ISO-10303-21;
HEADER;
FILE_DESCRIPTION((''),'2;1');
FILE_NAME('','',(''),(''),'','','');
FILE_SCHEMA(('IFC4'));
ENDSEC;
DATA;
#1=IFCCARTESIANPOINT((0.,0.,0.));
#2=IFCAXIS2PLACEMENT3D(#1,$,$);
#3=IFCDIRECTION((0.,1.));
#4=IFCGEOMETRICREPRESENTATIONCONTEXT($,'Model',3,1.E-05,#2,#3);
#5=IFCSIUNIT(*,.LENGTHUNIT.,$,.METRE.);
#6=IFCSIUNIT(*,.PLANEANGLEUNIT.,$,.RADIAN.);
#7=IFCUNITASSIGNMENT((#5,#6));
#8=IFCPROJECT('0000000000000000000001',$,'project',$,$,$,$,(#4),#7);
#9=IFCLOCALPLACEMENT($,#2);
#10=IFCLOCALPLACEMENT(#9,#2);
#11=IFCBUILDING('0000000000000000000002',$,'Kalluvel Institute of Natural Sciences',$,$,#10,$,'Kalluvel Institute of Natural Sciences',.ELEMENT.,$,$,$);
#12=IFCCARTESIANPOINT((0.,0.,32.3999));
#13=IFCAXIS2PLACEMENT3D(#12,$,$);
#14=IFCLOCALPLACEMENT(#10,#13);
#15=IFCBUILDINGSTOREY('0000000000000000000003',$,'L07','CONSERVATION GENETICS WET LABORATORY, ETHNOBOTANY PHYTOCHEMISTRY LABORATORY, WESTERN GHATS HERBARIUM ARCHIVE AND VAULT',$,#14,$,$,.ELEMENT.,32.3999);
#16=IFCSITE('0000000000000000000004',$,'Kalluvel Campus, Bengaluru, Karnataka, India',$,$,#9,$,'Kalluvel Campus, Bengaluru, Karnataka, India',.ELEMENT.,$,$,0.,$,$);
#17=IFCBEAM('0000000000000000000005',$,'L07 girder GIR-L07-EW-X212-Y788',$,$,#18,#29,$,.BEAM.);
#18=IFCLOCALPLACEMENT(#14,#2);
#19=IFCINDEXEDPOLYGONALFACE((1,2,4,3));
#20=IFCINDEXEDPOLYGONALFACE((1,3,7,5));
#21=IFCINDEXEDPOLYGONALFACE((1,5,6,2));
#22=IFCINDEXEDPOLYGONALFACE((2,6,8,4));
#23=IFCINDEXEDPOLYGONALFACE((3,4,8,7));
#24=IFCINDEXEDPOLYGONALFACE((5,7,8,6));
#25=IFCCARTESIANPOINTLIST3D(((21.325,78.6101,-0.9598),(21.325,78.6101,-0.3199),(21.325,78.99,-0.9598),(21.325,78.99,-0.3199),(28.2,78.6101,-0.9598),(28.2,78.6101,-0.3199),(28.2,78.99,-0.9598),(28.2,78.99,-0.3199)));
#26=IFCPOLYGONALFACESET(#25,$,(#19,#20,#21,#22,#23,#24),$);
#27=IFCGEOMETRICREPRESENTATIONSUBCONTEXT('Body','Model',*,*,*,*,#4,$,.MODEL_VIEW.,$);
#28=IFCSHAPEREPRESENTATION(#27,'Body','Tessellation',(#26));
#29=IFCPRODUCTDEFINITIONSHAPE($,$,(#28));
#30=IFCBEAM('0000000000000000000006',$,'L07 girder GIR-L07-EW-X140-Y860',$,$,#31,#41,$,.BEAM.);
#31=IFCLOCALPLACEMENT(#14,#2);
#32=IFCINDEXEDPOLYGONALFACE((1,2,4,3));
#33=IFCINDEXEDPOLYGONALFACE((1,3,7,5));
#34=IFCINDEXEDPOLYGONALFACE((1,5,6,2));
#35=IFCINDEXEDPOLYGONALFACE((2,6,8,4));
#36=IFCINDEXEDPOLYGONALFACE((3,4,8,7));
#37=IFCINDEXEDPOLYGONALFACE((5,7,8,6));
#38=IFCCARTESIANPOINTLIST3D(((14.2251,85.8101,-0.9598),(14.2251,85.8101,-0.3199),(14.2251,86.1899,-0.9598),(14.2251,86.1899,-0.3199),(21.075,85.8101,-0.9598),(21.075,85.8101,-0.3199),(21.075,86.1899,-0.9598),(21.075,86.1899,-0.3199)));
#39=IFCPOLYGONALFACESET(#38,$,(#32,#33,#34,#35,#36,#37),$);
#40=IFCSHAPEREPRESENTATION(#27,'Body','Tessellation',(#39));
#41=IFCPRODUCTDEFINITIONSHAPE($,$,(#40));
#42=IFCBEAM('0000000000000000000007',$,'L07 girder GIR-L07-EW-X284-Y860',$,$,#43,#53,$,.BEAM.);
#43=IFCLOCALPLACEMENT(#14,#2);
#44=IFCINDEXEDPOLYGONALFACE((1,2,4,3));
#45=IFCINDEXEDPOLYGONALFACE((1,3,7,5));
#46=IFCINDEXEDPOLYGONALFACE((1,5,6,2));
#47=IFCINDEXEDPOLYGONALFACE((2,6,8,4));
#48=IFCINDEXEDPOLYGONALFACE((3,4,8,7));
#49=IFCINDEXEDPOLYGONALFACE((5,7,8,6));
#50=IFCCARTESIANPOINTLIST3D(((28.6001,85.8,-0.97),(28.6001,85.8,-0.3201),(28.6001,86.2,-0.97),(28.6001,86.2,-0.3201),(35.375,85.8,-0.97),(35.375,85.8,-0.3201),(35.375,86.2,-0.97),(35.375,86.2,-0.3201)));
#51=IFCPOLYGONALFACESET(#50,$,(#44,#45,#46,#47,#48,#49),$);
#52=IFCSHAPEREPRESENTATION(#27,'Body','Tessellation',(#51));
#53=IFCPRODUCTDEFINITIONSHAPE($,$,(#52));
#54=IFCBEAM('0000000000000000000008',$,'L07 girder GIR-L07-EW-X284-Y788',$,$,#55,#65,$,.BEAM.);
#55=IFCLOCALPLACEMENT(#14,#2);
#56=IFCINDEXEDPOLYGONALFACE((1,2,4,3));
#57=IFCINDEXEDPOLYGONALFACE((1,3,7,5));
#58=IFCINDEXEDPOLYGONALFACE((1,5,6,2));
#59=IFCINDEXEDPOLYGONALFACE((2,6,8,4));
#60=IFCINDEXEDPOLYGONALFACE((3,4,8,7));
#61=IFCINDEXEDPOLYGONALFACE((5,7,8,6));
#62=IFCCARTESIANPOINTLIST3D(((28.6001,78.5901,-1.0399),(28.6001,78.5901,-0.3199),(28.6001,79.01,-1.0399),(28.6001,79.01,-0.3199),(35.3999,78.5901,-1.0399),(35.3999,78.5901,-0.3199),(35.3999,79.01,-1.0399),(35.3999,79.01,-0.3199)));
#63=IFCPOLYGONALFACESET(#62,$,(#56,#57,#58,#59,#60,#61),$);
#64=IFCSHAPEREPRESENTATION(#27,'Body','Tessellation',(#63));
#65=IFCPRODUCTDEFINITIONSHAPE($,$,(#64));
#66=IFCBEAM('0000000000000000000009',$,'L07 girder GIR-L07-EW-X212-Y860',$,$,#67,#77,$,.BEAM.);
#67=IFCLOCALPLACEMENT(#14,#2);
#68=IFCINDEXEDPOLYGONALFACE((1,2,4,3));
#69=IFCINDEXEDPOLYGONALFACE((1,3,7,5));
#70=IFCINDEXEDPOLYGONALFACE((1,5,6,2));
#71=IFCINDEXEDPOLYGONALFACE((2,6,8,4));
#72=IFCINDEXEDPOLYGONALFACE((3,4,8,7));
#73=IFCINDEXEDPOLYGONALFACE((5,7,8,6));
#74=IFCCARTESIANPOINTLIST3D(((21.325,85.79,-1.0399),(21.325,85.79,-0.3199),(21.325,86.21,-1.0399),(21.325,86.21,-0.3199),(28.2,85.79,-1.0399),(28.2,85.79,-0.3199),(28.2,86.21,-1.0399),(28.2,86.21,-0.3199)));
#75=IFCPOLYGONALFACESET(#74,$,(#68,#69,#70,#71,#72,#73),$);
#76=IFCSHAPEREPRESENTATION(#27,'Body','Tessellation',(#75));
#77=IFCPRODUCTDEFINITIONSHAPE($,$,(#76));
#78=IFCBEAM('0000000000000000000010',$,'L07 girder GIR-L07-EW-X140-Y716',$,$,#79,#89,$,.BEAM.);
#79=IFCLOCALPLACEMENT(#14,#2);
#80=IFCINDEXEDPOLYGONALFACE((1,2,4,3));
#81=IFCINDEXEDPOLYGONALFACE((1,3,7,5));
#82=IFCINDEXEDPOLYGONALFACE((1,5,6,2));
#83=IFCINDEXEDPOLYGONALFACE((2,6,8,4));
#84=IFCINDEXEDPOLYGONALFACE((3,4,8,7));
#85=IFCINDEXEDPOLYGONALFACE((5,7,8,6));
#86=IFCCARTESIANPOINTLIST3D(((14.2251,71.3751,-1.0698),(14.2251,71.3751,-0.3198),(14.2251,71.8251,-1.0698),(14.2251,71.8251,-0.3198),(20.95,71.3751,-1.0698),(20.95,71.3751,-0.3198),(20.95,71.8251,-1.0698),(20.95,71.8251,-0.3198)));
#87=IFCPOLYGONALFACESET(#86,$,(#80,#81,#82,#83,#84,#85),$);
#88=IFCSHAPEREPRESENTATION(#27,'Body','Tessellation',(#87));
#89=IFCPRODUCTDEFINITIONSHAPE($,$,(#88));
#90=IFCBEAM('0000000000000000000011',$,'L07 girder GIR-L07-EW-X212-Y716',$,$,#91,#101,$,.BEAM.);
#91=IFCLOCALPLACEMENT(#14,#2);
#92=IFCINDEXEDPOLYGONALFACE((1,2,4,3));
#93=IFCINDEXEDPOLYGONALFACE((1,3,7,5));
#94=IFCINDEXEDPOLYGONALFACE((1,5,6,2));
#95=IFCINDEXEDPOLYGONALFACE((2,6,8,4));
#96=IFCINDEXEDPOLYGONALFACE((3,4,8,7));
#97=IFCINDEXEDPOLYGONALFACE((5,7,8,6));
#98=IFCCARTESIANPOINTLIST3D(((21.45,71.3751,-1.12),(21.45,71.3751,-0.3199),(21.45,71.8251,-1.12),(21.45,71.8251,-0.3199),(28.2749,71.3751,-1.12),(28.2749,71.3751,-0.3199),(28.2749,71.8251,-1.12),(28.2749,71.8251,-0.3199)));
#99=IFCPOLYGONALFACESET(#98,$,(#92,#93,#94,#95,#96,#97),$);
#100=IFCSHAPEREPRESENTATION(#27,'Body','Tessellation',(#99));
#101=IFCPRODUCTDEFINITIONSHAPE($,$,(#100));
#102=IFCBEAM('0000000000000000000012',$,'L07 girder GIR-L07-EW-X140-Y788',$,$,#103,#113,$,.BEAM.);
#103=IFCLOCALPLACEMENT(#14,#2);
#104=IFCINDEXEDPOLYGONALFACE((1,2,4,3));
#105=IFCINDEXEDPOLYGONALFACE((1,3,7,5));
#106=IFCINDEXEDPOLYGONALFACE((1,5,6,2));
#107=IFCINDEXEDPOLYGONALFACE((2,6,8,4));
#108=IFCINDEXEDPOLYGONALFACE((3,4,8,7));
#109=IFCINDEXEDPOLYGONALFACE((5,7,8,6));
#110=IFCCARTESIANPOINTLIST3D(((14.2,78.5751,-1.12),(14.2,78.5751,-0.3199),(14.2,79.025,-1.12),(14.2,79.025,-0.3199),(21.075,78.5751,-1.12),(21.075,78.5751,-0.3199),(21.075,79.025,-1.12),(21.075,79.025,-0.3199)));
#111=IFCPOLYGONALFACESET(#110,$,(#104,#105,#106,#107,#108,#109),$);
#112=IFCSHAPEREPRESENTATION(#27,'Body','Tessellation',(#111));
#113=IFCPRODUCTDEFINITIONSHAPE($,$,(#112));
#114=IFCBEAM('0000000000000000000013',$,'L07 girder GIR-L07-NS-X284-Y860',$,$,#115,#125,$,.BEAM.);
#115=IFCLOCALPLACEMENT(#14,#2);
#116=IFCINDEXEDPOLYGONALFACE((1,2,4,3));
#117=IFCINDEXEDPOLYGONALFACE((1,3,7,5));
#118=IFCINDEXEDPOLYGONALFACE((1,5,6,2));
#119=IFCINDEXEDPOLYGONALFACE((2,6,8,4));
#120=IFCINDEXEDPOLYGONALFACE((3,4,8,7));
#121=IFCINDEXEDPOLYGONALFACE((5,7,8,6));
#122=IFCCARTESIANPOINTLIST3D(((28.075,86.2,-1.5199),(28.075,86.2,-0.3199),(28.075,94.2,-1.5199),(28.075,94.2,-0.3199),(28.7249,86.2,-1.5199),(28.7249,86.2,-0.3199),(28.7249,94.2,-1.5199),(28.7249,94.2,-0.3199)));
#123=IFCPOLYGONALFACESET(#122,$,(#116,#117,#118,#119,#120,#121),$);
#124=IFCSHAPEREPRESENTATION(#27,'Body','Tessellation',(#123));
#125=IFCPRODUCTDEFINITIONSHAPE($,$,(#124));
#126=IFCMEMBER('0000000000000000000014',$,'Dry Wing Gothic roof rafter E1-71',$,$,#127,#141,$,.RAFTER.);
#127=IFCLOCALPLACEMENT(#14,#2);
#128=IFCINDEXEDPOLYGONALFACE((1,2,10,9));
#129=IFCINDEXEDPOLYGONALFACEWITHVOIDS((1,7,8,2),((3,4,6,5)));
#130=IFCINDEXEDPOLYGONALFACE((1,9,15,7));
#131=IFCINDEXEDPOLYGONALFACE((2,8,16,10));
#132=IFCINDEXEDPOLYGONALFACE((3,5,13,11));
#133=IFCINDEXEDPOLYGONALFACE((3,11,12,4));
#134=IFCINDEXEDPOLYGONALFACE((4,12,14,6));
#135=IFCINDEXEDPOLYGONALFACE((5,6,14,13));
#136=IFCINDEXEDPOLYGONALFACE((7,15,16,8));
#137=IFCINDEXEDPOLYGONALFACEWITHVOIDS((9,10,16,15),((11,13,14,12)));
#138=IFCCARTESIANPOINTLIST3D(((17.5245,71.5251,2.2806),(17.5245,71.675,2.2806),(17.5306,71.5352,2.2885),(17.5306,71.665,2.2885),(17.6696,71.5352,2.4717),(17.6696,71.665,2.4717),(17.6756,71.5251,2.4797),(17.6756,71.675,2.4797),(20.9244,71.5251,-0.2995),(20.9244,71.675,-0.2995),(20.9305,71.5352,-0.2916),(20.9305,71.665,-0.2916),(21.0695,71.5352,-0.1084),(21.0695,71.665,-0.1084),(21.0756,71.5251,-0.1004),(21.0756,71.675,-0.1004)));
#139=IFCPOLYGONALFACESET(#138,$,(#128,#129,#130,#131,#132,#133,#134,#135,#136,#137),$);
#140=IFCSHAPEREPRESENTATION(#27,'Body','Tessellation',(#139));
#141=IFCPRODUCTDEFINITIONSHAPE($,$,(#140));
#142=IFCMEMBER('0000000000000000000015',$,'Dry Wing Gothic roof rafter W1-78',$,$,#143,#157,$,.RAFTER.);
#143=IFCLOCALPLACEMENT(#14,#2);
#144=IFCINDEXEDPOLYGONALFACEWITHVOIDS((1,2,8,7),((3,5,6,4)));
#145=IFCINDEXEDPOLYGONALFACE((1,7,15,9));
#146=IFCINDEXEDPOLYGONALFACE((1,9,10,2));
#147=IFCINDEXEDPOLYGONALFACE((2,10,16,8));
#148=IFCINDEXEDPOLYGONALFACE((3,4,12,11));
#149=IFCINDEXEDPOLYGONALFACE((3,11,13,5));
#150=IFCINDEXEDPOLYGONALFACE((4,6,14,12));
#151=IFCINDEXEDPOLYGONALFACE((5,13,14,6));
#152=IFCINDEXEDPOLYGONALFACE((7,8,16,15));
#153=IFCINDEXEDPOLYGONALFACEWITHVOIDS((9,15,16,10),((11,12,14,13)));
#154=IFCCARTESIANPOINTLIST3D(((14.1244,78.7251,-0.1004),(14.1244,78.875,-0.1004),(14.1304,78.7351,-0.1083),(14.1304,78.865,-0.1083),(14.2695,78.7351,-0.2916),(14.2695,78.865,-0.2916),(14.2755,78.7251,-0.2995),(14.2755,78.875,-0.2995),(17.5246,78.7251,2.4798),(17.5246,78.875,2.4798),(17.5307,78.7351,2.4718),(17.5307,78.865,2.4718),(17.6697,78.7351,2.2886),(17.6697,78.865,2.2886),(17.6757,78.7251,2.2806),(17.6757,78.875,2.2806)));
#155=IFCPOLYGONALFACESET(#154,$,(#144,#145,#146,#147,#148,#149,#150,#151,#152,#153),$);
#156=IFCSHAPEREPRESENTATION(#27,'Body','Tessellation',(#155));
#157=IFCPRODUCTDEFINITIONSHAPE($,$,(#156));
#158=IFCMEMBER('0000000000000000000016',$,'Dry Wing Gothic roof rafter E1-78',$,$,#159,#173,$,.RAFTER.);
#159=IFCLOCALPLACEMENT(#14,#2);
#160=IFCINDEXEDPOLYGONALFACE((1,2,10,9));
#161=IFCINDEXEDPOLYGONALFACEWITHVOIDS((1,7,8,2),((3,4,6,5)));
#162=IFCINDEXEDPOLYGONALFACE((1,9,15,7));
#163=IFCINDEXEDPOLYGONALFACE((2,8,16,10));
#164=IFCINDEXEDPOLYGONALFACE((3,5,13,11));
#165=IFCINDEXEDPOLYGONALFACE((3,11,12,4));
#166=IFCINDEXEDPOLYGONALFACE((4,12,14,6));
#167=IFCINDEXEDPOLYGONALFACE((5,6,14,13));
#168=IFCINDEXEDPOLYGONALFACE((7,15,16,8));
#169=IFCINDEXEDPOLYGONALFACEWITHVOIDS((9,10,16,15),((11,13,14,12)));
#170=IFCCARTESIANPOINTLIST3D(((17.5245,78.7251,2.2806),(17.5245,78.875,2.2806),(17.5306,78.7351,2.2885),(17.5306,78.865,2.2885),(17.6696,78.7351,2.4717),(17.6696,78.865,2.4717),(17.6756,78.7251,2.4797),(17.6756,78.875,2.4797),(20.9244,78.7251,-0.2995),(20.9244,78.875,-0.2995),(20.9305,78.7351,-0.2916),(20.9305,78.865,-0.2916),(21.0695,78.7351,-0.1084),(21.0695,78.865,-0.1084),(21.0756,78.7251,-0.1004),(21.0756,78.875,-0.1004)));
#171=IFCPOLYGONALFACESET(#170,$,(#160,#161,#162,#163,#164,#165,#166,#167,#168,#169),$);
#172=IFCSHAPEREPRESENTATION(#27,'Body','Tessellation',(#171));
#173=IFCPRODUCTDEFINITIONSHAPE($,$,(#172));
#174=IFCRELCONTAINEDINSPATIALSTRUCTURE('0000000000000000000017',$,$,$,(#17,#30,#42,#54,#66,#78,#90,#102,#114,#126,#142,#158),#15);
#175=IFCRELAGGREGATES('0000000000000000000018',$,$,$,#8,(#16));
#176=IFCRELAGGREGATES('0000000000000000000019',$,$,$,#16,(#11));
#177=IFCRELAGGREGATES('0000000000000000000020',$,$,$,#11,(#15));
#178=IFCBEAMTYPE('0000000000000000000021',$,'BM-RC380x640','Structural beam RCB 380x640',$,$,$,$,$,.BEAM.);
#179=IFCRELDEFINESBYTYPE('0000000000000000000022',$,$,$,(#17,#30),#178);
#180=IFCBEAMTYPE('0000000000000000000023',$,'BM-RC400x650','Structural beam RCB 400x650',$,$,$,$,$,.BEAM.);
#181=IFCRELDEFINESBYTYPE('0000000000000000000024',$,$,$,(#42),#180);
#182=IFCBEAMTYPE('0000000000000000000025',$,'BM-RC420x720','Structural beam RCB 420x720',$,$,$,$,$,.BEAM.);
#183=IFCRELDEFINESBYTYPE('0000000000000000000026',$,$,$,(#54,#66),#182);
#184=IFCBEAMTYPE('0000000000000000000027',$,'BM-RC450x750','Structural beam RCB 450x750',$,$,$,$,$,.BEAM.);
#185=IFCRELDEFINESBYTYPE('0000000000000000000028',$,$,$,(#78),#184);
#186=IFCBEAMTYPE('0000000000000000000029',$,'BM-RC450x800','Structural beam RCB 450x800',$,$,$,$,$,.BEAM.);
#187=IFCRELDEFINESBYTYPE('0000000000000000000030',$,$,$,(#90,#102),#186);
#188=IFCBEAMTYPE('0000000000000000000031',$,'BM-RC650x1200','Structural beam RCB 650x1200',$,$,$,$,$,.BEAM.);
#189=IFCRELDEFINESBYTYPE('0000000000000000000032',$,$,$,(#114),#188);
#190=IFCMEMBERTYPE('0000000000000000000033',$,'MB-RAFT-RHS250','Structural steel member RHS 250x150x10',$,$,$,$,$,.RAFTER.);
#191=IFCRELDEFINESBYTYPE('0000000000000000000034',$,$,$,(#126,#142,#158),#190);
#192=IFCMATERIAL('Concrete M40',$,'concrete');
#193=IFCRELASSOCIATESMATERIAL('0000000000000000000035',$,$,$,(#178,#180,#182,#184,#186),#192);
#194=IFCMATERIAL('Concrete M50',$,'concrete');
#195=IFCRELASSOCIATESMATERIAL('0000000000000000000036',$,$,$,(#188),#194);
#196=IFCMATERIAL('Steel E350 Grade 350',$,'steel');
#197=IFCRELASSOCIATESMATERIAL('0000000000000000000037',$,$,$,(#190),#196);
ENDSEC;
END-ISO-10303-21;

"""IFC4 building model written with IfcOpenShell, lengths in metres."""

from ifc_helpers import new_model, si_unit, direction, frame, origin, origin_2d, place, context, subcontext, project, spatial, rectangle, hollow_rectangle, extrude, material, material_profile, profile_set, type_object, element, save


model = new_model("IFC4")

# Units and contexts
model_context = context("Model", 3, precision=1e-05, world=origin(), true_north=direction((0.0, 1.0)))
body_context = subcontext(model_context, "Body", "Model", "MODEL_VIEW")
ifc_project = project(units=[si_unit("LENGTHUNIT", "METRE"), si_unit("PLANEANGLEUNIT", "RADIAN")], contexts=[model_context])

# Site, building, storey
site_placement = place(None, origin())
site = spatial("IfcSite", under=ifc_project, at=site_placement, Name="Kalluvel Campus, Bengaluru, Karnataka, India", LongName="Kalluvel Campus, Bengaluru, Karnataka, India", CompositionType="ELEMENT", RefElevation=0.0)
building_placement = place(site_placement, origin())
building = spatial("IfcBuilding", under=site, at=building_placement, Name="Kalluvel Institute of Natural Sciences", LongName="Kalluvel Institute of Natural Sciences", CompositionType="ELEMENT")
storey_placement = place(building_placement, frame((0.0, 0.0, 32.3999)))
storey = spatial("IfcBuildingStorey", under=building, at=storey_placement, Name="L07", Description="CONSERVATION GENETICS WET LABORATORY, ETHNOBOTANY PHYTOCHEMISTRY LABORATORY, WESTERN GHATS HERBARIUM ARCHIVE AND VAULT", CompositionType="ELEMENT", Elevation=32.3999)

# Beams
ifc_material_1 = material(Name="Steel E350 Grade 350", Category="steel")
ifc_material_2 = material(Name="Concrete M40", Category="concrete")
ifc_material_profile_1 = material_profile(ifc_material_2, rectangle(XDim=0.3799, YDim=0.6399, at=origin_2d()), Name="RCB 380x640")
ifc_profile_set_1 = profile_set([ifc_material_profile_1], Name="Concrete M40")
beam_type_1 = type_object("IfcBeamType", Name="BM-RC380x640", Description="Structural beam RCB 380x640", PredefinedType="BEAM", material=ifc_profile_set_1)
beam_1_placement = place(storey_placement, frame((21.325, 78.8, -0.6399), z_axis=(1.0, 0.0, 0.0), x_axis=(0.0, 1.0, 0.0)))
element("IfcBeam", 1, at=beam_1_placement, inside=storey, type_object=beam_type_1, Name="L07 girder GIR-L07-EW-X212-Y788", PredefinedType="BEAM", context=body_context, shape_type="SweptSolid", body=[
    extrude(rectangle(XDim=0.3799, YDim=0.6399, at=origin_2d()), origin(), (0.0, 0.0, 1.0), 6.875),
])
beam_2_placement = place(storey_placement, frame((14.2251, 86.0, -0.6399), z_axis=(1.0, 0.0, 0.0), x_axis=(0.0, 1.0, 0.0)))
element("IfcBeam", 2, at=beam_2_placement, inside=storey, type_object=beam_type_1, Name="L07 girder GIR-L07-EW-X140-Y860", PredefinedType="BEAM", context=body_context, shape_type="SweptSolid", body=[
    extrude(rectangle(XDim=0.3799, YDim=0.6399, at=origin_2d()), origin(), (0.0, 0.0, 1.0), 6.8499),
])
ifc_material_profile_2 = material_profile(ifc_material_2, rectangle(XDim=0.3999, YDim=0.6499, at=origin_2d()), Name="RCB 400x650")
ifc_profile_set_2 = profile_set([ifc_material_profile_2], Name="Concrete M40")
beam_type_2 = type_object("IfcBeamType", Name="BM-RC400x650", Description="Structural beam RCB 400x650", PredefinedType="BEAM", material=ifc_profile_set_2)
beam_3_placement = place(storey_placement, frame((28.6001, 86.0, -0.645), z_axis=(1.0, 0.0, 0.0), x_axis=(0.0, 1.0, 0.0)))
element("IfcBeam", 3, at=beam_3_placement, inside=storey, type_object=beam_type_2, Name="L07 girder GIR-L07-EW-X284-Y860", PredefinedType="BEAM", context=body_context, shape_type="SweptSolid", body=[
    extrude(rectangle(XDim=0.3999, YDim=0.6499, at=origin_2d()), origin(), (0.0, 0.0, 1.0), 6.7749),
])
ifc_material_profile_3 = material_profile(ifc_material_2, rectangle(XDim=0.4199, YDim=0.72, at=origin_2d()), Name="RCB 420x720")
ifc_profile_set_3 = profile_set([ifc_material_profile_3], Name="Concrete M40")
beam_type_3 = type_object("IfcBeamType", Name="BM-RC420x720", Description="Structural beam RCB 420x720", PredefinedType="BEAM", material=ifc_profile_set_3)
beam_4_placement = place(storey_placement, frame((28.6001, 78.8, -0.6799), z_axis=(1.0, 0.0, 0.0), x_axis=(0.0, 1.0, 0.0)))
element("IfcBeam", 4, at=beam_4_placement, inside=storey, type_object=beam_type_3, Name="L07 girder GIR-L07-EW-X284-Y788", PredefinedType="BEAM", context=body_context, shape_type="SweptSolid", body=[
    extrude(rectangle(XDim=0.4199, YDim=0.72, at=origin_2d()), origin(), (0.0, 0.0, 1.0), 6.7998),
])
beam_5_placement = place(storey_placement, frame((21.325, 86.0, -0.6799), z_axis=(1.0, 0.0, 0.0), x_axis=(0.0, 1.0, 0.0)))
element("IfcBeam", 5, at=beam_5_placement, inside=storey, type_object=beam_type_3, Name="L07 girder GIR-L07-EW-X212-Y860", PredefinedType="BEAM", context=body_context, shape_type="SweptSolid", body=[
    extrude(rectangle(XDim=0.4199, YDim=0.72, at=origin_2d()), origin(), (0.0, 0.0, 1.0), 6.875),
])
ifc_material_profile_4 = material_profile(ifc_material_2, rectangle(XDim=0.45, YDim=0.75, at=origin_2d()), Name="RCB 450x750")
ifc_profile_set_4 = profile_set([ifc_material_profile_4], Name="Concrete M40")
beam_type_4 = type_object("IfcBeamType", Name="BM-RC450x750", Description="Structural beam RCB 450x750", PredefinedType="BEAM", material=ifc_profile_set_4)
beam_6_placement = place(storey_placement, frame((14.2251, 71.6001, -0.6948), z_axis=(1.0, 0.0, 0.0), x_axis=(0.0, 1.0, 0.0)))
element("IfcBeam", 6, at=beam_6_placement, inside=storey, type_object=beam_type_4, Name="L07 girder GIR-L07-EW-X140-Y716", PredefinedType="BEAM", context=body_context, shape_type="SweptSolid", body=[
    extrude(rectangle(XDim=0.45, YDim=0.75, at=origin_2d()), origin(), (0.0, 0.0, 1.0), 6.7249),
])
ifc_material_profile_5 = material_profile(ifc_material_2, rectangle(XDim=0.45, YDim=0.8, at=origin_2d()), Name="RCB 450x800")
ifc_profile_set_5 = profile_set([ifc_material_profile_5], Name="Concrete M40")
beam_type_5 = type_object("IfcBeamType", Name="BM-RC450x800", Description="Structural beam RCB 450x800", PredefinedType="BEAM", material=ifc_profile_set_5)
beam_7_placement = place(storey_placement, frame((21.45, 71.6001, -0.72), z_axis=(1.0, 0.0, 0.0), x_axis=(0.0, 1.0, 0.0)))
element("IfcBeam", 7, at=beam_7_placement, inside=storey, type_object=beam_type_5, Name="L07 girder GIR-L07-EW-X212-Y716", PredefinedType="BEAM", context=body_context, shape_type="SweptSolid", body=[
    extrude(rectangle(XDim=0.45, YDim=0.8, at=origin_2d()), origin(), (0.0, 0.0, 1.0), 6.825),
])
beam_8_placement = place(storey_placement, frame((14.2, 78.8, -0.72), z_axis=(1.0, 0.0, 0.0), x_axis=(0.0, 1.0, 0.0)))
element("IfcBeam", 8, at=beam_8_placement, inside=storey, type_object=beam_type_5, Name="L07 girder GIR-L07-EW-X140-Y788", PredefinedType="BEAM", context=body_context, shape_type="SweptSolid", body=[
    extrude(rectangle(XDim=0.45, YDim=0.8, at=origin_2d()), origin(), (0.0, 0.0, 1.0), 6.875),
])
ifc_material_3 = material(Name="Concrete M50", Category="concrete")
ifc_material_profile_6 = material_profile(ifc_material_3, rectangle(XDim=0.6499, YDim=1.2, at=origin_2d()), Name="RCB 650x1200")
ifc_profile_set_6 = profile_set([ifc_material_profile_6], Name="Concrete M50")
beam_type_6 = type_object("IfcBeamType", Name="BM-RC650x1200", Description="Structural beam RCB 650x1200", PredefinedType="BEAM", material=ifc_profile_set_6)
beam_9_placement = place(storey_placement, frame((28.3999, 86.2, -0.9199), z_axis=(0.0, 1.0, 0.0), x_axis=(-1.0, 0.0, 0.0)))
element("IfcBeam", 9, at=beam_9_placement, inside=storey, type_object=beam_type_6, Name="L07 girder GIR-L07-NS-X284-Y860", PredefinedType="BEAM", context=body_context, shape_type="SweptSolid", body=[
    extrude(rectangle(XDim=0.6499, YDim=1.2, at=origin_2d()), origin(), (0.0, 0.0, 1.0), 8.0),
])

# Members
ifc_material_profile_7 = material_profile(ifc_material_1, hollow_rectangle(XDim=0.1499, YDim=0.25, WallThickness=0.01, at=origin_2d()), Name="RHS 250x150x10")
ifc_profile_set_7 = profile_set([ifc_material_profile_7], Name="Steel E350 Grade 350")
member_type = type_object("IfcMemberType", Name="MB-RAFT-RHS250", Description="Structural steel member RHS 250x150x10", PredefinedType="RAFTER", material=ifc_profile_set_7)
member_1_placement = place(storey_placement, frame((21.0, 71.6001, -0.2), z_axis=(-0.796596, 0.0, 0.604512), x_axis=(0.0, -1.0, 0.0)))
element("IfcMember", 10, at=member_1_placement, inside=storey, type_object=member_type, Name="Dry Wing Gothic roof rafter E1-71", PredefinedType="RAFTER", context=body_context, shape_type="SweptSolid", body=[
    extrude(hollow_rectangle(XDim=0.1499, YDim=0.25, WallThickness=0.01, at=origin_2d()), origin(), (0.0, 0.0, 1.0), 4.2681),
])
member_2_placement = place(storey_placement, frame((14.2, 78.8, -0.2), z_axis=(0.796617, 0.0, 0.604484), x_axis=(0.0, 1.0, 0.0)))
element("IfcMember", 11, at=member_2_placement, inside=storey, type_object=member_type, Name="Dry Wing Gothic roof rafter W1-78", PredefinedType="RAFTER", context=body_context, shape_type="SweptSolid", body=[
    extrude(hollow_rectangle(XDim=0.1499, YDim=0.25, WallThickness=0.01, at=origin_2d()), origin(), (0.0, 0.0, 1.0), 4.2683),
])
member_3_placement = place(storey_placement, frame((21.0, 78.8, -0.2), z_axis=(-0.796596, 0.0, 0.604512), x_axis=(0.0, -1.0, 0.0)))
element("IfcMember", 12, at=member_3_placement, inside=storey, type_object=member_type, Name="Dry Wing Gothic roof rafter E1-78", PredefinedType="RAFTER", context=body_context, shape_type="SweptSolid", body=[
    extrude(hollow_rectangle(XDim=0.1499, YDim=0.25, WallThickness=0.01, at=origin_2d()), origin(), (0.0, 0.0, 1.0), 4.2681),
])

save(model, "model.ifc")
